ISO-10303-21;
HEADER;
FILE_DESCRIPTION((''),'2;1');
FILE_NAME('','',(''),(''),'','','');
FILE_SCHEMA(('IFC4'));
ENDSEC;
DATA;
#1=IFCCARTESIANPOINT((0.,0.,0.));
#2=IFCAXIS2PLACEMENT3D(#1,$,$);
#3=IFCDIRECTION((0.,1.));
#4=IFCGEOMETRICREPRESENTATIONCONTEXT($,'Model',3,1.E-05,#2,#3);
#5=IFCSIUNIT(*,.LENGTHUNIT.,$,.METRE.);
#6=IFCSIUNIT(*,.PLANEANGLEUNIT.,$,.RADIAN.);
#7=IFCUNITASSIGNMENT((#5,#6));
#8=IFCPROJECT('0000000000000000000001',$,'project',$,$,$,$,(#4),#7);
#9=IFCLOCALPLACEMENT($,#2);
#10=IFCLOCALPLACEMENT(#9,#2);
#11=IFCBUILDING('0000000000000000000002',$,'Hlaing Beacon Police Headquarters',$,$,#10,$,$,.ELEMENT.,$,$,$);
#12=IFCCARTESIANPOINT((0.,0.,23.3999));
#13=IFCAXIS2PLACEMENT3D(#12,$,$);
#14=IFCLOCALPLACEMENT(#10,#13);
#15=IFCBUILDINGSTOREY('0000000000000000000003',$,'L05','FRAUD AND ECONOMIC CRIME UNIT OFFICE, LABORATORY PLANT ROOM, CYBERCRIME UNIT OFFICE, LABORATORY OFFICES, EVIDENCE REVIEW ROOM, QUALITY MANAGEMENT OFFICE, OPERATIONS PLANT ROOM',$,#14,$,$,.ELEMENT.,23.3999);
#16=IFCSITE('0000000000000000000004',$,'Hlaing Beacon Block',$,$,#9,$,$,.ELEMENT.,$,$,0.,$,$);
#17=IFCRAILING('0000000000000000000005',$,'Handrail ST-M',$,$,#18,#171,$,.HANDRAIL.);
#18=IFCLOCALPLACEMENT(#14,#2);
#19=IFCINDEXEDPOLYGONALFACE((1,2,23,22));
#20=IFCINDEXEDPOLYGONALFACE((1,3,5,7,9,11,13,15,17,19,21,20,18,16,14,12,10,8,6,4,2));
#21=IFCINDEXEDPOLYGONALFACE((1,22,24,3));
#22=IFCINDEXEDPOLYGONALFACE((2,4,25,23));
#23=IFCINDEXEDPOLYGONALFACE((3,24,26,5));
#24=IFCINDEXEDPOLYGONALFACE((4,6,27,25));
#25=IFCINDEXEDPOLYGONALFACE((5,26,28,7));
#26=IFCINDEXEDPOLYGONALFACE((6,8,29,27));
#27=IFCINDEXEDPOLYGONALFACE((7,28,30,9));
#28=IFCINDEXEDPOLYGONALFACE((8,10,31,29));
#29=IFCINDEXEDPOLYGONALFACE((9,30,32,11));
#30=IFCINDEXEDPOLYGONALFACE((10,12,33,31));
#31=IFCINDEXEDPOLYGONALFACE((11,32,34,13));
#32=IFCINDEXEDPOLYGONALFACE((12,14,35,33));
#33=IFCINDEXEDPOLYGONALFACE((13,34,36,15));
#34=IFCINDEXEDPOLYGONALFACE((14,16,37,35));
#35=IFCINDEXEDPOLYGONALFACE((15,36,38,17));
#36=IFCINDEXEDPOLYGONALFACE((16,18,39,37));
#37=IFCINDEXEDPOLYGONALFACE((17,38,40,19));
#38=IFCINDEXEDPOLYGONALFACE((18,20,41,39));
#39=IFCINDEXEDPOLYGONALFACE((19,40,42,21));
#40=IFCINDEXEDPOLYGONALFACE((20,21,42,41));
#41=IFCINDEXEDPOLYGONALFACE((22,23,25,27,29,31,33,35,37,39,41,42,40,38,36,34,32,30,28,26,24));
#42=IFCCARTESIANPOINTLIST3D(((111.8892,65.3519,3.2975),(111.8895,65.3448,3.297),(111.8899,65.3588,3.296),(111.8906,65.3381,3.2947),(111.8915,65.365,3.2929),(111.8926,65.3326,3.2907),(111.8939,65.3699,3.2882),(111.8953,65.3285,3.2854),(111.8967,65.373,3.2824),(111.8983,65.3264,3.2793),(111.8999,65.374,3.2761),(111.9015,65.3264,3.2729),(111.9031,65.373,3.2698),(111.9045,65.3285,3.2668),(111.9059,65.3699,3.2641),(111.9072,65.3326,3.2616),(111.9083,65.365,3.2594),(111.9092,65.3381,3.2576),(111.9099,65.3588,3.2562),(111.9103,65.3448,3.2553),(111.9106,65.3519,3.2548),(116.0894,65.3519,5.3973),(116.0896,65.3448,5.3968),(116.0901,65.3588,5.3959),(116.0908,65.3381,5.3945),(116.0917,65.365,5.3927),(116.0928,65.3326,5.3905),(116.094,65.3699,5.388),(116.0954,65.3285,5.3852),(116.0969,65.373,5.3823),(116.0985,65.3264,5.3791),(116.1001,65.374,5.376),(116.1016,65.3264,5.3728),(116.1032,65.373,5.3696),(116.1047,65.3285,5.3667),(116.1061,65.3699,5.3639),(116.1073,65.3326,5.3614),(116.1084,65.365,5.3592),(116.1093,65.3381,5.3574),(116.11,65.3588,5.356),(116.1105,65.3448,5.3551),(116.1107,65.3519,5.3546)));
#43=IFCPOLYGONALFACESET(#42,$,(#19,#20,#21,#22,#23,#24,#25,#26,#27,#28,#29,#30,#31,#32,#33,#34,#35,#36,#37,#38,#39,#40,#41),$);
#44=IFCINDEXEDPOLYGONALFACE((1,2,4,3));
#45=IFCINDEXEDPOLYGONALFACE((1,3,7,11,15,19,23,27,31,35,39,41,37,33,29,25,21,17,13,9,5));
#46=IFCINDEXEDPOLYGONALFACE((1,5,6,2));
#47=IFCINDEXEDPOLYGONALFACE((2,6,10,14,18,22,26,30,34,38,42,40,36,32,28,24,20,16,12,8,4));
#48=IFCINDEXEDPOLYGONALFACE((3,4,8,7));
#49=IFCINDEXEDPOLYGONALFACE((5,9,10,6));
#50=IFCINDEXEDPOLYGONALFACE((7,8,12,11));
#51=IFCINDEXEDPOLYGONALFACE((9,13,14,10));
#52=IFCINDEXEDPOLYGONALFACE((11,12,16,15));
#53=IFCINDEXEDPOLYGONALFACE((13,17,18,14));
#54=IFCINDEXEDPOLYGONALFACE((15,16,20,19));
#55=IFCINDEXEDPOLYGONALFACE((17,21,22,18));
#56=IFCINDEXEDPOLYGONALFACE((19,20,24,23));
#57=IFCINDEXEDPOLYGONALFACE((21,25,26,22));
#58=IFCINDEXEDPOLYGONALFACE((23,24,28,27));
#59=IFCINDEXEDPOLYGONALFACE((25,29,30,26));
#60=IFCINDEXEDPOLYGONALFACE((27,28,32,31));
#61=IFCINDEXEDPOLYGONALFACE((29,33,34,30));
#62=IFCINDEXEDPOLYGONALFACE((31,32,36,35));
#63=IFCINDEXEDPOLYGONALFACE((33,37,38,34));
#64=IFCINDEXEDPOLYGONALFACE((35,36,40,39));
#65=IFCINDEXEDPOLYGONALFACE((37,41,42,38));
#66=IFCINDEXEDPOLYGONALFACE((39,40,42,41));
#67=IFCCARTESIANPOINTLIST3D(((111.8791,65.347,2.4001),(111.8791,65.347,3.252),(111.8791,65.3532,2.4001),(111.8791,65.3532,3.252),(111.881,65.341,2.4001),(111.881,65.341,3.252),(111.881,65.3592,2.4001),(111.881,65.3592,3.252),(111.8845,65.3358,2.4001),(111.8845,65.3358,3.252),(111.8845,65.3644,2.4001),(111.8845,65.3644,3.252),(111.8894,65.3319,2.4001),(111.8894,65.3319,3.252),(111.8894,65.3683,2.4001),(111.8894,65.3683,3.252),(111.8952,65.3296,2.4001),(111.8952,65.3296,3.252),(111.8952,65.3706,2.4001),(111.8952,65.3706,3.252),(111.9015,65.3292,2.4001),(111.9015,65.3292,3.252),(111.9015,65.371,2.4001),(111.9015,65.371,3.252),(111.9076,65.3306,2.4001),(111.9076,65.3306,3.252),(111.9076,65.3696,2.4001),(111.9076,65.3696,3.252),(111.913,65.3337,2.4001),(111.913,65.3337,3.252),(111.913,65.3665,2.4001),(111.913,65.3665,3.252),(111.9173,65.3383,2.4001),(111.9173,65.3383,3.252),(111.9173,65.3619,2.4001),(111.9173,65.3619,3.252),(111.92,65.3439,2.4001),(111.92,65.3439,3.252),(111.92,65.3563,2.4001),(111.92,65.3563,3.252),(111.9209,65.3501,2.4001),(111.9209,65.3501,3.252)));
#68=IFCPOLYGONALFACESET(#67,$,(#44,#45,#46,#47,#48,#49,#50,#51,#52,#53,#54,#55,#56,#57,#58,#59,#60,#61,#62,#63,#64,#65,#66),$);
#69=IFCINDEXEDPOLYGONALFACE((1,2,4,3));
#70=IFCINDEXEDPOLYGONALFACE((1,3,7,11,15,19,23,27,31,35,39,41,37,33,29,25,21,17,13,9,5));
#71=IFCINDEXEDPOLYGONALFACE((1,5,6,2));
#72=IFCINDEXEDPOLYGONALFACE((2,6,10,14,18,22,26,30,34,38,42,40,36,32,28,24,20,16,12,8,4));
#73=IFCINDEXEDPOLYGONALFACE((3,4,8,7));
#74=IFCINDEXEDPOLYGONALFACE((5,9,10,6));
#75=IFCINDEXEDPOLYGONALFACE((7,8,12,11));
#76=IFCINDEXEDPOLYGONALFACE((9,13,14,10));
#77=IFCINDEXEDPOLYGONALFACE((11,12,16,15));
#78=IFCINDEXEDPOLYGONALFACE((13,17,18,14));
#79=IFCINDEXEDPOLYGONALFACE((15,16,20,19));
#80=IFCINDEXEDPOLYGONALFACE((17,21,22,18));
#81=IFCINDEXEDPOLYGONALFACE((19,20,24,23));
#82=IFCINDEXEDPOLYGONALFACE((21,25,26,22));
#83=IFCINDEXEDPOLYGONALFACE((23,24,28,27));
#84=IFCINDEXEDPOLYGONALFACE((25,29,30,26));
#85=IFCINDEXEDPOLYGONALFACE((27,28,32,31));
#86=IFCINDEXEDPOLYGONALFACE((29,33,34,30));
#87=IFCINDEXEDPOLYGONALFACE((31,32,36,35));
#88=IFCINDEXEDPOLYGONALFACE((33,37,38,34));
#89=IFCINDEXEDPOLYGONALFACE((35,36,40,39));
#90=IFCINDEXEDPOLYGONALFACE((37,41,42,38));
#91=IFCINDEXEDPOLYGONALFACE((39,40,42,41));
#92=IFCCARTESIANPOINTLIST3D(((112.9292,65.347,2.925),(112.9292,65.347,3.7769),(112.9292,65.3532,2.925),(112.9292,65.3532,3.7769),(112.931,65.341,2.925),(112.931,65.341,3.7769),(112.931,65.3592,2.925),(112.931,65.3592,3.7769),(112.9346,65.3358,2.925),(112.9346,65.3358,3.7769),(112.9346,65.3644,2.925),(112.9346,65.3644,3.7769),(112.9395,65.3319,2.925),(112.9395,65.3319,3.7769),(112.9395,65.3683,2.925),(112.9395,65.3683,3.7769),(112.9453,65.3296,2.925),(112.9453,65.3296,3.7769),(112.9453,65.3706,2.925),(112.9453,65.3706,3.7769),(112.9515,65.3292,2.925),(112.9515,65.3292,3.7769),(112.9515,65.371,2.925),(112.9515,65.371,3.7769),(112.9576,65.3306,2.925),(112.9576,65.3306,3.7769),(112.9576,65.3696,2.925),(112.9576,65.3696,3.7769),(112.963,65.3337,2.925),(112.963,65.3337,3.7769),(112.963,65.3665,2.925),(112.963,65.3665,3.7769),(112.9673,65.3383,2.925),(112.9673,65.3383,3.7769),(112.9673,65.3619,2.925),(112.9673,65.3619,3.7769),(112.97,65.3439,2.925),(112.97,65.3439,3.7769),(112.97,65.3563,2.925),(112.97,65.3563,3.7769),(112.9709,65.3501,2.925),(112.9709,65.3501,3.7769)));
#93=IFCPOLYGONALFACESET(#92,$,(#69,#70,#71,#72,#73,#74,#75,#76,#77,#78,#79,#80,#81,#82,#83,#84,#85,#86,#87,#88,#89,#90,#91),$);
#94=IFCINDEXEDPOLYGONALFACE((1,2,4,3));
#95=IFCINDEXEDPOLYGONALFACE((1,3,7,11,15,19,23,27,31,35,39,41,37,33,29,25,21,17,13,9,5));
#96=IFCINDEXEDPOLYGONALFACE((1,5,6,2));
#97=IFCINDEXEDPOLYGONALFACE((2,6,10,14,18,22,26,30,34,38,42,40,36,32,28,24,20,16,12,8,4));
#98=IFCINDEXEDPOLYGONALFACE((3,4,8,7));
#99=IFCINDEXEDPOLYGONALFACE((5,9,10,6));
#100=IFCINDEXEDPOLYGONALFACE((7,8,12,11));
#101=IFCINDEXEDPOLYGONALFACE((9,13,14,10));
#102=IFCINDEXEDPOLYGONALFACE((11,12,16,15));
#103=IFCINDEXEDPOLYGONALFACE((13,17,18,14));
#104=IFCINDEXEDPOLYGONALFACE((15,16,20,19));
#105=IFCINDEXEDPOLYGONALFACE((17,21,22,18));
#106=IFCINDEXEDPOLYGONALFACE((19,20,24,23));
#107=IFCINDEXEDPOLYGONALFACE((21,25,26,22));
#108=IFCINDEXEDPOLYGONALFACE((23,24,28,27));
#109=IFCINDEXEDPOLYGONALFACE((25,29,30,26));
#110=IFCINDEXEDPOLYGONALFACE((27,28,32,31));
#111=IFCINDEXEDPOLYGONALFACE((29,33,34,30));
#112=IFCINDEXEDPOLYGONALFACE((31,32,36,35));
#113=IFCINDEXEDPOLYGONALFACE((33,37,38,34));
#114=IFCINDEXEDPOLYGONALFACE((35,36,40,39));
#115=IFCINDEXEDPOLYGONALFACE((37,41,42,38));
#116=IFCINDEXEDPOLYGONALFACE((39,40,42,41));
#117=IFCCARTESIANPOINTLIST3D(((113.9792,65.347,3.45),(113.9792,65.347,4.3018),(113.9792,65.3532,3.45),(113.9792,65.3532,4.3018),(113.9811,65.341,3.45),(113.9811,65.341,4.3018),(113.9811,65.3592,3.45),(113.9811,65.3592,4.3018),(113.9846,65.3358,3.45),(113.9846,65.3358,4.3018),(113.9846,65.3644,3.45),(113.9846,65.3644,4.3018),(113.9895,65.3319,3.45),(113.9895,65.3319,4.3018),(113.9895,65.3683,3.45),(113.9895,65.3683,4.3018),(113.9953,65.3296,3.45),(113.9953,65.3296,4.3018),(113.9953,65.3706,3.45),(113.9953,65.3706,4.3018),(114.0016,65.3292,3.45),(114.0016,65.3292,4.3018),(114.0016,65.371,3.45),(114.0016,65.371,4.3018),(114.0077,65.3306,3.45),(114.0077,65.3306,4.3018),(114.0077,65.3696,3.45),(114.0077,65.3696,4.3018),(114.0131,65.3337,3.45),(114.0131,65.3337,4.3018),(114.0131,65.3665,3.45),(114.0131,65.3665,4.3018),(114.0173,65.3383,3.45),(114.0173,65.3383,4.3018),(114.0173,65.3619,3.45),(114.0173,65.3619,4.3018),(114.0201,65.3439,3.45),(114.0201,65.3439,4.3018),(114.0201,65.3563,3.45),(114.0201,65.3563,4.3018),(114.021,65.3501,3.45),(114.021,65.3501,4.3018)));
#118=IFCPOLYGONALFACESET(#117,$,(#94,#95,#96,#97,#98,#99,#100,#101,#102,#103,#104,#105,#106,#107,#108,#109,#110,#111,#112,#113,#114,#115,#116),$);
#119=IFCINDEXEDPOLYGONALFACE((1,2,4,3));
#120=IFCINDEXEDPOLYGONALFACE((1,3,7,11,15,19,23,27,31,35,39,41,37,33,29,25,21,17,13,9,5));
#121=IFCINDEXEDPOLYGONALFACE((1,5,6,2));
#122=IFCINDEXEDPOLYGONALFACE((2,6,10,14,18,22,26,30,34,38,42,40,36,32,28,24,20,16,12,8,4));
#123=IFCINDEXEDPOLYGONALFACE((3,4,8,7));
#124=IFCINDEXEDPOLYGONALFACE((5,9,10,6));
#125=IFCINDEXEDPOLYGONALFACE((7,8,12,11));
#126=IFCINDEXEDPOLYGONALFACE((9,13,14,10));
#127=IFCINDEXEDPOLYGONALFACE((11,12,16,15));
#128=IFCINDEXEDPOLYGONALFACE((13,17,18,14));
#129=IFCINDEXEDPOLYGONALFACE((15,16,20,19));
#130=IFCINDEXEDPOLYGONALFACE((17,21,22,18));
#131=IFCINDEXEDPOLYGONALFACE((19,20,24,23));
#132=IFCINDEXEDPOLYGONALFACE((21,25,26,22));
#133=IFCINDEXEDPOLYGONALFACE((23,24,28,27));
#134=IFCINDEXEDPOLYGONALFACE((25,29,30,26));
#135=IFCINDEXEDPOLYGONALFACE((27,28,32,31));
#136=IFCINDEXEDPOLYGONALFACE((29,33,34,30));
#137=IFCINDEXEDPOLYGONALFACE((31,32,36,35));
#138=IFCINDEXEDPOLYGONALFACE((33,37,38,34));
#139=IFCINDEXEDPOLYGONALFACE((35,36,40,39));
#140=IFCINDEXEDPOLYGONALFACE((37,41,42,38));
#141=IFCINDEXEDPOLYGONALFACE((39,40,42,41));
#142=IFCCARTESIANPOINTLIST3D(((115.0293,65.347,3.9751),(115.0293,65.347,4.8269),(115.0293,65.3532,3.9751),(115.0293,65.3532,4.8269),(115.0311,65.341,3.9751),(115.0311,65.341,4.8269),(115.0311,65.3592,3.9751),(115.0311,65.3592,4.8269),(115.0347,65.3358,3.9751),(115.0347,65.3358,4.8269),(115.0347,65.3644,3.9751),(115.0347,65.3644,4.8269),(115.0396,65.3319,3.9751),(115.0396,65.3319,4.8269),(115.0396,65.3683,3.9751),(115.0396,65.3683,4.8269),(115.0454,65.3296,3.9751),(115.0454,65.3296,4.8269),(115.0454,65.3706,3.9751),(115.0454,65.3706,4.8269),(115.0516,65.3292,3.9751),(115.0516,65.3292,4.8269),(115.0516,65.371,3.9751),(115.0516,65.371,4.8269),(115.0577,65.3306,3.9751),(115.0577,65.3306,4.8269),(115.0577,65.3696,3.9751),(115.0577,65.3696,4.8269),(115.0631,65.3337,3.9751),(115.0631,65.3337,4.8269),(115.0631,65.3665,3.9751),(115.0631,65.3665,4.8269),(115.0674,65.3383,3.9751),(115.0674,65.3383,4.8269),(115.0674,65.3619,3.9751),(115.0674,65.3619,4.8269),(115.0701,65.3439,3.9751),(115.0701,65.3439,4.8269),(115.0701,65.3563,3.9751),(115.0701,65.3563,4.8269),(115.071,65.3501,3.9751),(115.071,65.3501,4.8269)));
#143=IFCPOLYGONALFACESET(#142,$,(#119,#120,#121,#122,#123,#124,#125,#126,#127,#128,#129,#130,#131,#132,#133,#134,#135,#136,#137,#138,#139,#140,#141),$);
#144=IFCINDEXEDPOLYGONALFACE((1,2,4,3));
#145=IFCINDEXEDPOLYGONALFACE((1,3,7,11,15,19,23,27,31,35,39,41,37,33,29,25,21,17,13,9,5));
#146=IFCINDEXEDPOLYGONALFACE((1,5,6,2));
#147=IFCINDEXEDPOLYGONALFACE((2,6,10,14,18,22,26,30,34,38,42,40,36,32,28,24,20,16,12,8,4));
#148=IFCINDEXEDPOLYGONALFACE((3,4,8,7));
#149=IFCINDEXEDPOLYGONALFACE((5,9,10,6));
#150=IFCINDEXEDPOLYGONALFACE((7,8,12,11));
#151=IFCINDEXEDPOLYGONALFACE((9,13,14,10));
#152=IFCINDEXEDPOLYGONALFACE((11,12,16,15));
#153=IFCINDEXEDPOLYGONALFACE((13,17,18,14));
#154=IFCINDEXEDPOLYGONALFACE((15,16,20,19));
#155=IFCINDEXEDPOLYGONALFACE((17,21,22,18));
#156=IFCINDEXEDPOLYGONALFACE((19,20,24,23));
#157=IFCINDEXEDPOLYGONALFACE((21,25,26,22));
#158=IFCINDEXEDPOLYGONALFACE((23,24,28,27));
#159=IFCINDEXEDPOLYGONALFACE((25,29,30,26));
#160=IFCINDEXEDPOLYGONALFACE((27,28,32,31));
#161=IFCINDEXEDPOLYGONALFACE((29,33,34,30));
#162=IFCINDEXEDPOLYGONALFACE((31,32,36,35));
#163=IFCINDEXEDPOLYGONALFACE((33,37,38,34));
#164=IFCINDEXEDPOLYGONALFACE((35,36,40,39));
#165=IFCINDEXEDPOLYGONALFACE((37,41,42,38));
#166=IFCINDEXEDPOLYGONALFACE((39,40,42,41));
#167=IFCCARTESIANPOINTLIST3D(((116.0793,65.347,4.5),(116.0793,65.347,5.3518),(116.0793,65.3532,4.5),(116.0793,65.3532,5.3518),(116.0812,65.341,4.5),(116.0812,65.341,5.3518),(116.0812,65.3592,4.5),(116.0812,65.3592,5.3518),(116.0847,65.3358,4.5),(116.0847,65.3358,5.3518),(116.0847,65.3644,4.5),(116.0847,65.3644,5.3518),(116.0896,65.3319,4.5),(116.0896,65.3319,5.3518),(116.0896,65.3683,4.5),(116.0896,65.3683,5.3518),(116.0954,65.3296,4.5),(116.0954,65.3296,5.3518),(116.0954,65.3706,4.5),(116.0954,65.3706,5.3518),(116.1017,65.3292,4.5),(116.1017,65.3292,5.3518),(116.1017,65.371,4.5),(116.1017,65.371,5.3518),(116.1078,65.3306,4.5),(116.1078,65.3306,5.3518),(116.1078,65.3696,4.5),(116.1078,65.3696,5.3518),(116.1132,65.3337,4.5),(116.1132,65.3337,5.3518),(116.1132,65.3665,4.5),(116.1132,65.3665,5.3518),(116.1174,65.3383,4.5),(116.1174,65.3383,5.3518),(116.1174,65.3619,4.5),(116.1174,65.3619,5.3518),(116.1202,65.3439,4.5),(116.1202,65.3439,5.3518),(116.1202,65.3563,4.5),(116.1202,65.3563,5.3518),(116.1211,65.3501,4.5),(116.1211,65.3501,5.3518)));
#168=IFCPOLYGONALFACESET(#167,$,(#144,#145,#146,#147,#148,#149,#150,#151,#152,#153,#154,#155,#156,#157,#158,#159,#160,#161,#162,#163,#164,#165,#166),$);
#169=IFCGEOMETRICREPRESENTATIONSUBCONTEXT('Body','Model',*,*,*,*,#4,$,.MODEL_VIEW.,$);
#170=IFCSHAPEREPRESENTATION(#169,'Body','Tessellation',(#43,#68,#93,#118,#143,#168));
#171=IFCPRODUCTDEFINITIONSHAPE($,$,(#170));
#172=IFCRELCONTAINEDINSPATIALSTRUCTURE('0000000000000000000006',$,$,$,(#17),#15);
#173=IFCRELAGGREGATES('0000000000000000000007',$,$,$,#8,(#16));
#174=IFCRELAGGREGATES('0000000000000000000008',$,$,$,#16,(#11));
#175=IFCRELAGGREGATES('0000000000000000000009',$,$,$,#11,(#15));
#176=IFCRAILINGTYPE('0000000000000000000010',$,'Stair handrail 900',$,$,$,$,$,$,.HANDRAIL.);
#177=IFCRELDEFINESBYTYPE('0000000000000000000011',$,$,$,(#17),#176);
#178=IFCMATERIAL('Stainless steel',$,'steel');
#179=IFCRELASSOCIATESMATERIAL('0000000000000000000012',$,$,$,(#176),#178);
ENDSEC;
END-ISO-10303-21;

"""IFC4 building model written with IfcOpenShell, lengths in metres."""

from ifc_helpers import new_model, si_unit, direction, frame, origin, origin_2d, place, context, subcontext, project, spatial, circle, extrude, material, type_object, element, save


model = new_model("IFC4")

# Units and contexts
model_context = context("Model", 3, precision=1e-05, world=origin(), true_north=direction((0.0, 1.0)))
body_context = subcontext(model_context, "Body", "Model", "MODEL_VIEW")
ifc_project = project(units=[si_unit("LENGTHUNIT", "METRE"), si_unit("PLANEANGLEUNIT", "RADIAN")], contexts=[model_context])

# Site, building, storey
site_placement = place(None, origin())
site = spatial("IfcSite", under=ifc_project, at=site_placement, Name="Hlaing Beacon Block", CompositionType="ELEMENT", RefElevation=0.0)
building_placement = place(site_placement, origin())
building = spatial("IfcBuilding", under=site, at=building_placement, Name="Hlaing Beacon Police Headquarters", CompositionType="ELEMENT")
storey_placement = place(building_placement, frame((0.0, 0.0, 23.3999)))
storey = spatial("IfcBuildingStorey", under=building, at=storey_placement, Name="L05", Description="FRAUD AND ECONOMIC CRIME UNIT OFFICE, LABORATORY PLANT ROOM, CYBERCRIME UNIT OFFICE, LABORATORY OFFICES, EVIDENCE REVIEW ROOM, QUALITY MANAGEMENT OFFICE, OPERATIONS PLANT ROOM", CompositionType="ELEMENT", Elevation=23.3999)

# Railing
ifc_material_1 = material(Name="Stainless steel", Category="steel")
railing_type_1 = type_object("IfcRailingType", Name="Stair handrail 900", PredefinedType="HANDRAIL", material=ifc_material_1)
for number, where, name in (
    (1, (111.8999, 65.3501, 2.4001), "Handrail ST-M"),
):
    element("IfcRailing", number, at=place(storey_placement, frame(where)), inside=storey, type_object=railing_type_1, Name=name, PredefinedType="HANDRAIL", context=body_context, shape_type="SweptSolid", body=[
        extrude(circle(Radius=0.0239, at=origin_2d()), frame((0.0, 0.0, 0.876), z_axis=(0.894448, 0.0, 0.447172), x_axis=(0.0, 1.0, 0.0)), (0.0, 0.0, 1.0), 4.6958),
        extrude(circle(Radius=0.021, at=origin_2d()), origin(), (0.0, 0.0, 1.0), 0.8518),
        extrude(circle(Radius=0.021, at=origin_2d()), frame((1.05, 0.0, 0.5249)), (0.0, 0.0, 1.0), 0.8518),
        extrude(circle(Radius=0.021, at=origin_2d()), frame((2.1001, 0.0, 1.0498)), (0.0, 0.0, 1.0), 0.8518),
        extrude(circle(Radius=0.021, at=origin_2d()), frame((3.1501, 0.0, 1.575)), (0.0, 0.0, 1.0), 0.8518),
        extrude(circle(Radius=0.021, at=origin_2d()), frame((4.2002, 0.0, 2.0999)), (0.0, 0.0, 1.0), 0.8518),
    ])

save(model, "model.ifc")
